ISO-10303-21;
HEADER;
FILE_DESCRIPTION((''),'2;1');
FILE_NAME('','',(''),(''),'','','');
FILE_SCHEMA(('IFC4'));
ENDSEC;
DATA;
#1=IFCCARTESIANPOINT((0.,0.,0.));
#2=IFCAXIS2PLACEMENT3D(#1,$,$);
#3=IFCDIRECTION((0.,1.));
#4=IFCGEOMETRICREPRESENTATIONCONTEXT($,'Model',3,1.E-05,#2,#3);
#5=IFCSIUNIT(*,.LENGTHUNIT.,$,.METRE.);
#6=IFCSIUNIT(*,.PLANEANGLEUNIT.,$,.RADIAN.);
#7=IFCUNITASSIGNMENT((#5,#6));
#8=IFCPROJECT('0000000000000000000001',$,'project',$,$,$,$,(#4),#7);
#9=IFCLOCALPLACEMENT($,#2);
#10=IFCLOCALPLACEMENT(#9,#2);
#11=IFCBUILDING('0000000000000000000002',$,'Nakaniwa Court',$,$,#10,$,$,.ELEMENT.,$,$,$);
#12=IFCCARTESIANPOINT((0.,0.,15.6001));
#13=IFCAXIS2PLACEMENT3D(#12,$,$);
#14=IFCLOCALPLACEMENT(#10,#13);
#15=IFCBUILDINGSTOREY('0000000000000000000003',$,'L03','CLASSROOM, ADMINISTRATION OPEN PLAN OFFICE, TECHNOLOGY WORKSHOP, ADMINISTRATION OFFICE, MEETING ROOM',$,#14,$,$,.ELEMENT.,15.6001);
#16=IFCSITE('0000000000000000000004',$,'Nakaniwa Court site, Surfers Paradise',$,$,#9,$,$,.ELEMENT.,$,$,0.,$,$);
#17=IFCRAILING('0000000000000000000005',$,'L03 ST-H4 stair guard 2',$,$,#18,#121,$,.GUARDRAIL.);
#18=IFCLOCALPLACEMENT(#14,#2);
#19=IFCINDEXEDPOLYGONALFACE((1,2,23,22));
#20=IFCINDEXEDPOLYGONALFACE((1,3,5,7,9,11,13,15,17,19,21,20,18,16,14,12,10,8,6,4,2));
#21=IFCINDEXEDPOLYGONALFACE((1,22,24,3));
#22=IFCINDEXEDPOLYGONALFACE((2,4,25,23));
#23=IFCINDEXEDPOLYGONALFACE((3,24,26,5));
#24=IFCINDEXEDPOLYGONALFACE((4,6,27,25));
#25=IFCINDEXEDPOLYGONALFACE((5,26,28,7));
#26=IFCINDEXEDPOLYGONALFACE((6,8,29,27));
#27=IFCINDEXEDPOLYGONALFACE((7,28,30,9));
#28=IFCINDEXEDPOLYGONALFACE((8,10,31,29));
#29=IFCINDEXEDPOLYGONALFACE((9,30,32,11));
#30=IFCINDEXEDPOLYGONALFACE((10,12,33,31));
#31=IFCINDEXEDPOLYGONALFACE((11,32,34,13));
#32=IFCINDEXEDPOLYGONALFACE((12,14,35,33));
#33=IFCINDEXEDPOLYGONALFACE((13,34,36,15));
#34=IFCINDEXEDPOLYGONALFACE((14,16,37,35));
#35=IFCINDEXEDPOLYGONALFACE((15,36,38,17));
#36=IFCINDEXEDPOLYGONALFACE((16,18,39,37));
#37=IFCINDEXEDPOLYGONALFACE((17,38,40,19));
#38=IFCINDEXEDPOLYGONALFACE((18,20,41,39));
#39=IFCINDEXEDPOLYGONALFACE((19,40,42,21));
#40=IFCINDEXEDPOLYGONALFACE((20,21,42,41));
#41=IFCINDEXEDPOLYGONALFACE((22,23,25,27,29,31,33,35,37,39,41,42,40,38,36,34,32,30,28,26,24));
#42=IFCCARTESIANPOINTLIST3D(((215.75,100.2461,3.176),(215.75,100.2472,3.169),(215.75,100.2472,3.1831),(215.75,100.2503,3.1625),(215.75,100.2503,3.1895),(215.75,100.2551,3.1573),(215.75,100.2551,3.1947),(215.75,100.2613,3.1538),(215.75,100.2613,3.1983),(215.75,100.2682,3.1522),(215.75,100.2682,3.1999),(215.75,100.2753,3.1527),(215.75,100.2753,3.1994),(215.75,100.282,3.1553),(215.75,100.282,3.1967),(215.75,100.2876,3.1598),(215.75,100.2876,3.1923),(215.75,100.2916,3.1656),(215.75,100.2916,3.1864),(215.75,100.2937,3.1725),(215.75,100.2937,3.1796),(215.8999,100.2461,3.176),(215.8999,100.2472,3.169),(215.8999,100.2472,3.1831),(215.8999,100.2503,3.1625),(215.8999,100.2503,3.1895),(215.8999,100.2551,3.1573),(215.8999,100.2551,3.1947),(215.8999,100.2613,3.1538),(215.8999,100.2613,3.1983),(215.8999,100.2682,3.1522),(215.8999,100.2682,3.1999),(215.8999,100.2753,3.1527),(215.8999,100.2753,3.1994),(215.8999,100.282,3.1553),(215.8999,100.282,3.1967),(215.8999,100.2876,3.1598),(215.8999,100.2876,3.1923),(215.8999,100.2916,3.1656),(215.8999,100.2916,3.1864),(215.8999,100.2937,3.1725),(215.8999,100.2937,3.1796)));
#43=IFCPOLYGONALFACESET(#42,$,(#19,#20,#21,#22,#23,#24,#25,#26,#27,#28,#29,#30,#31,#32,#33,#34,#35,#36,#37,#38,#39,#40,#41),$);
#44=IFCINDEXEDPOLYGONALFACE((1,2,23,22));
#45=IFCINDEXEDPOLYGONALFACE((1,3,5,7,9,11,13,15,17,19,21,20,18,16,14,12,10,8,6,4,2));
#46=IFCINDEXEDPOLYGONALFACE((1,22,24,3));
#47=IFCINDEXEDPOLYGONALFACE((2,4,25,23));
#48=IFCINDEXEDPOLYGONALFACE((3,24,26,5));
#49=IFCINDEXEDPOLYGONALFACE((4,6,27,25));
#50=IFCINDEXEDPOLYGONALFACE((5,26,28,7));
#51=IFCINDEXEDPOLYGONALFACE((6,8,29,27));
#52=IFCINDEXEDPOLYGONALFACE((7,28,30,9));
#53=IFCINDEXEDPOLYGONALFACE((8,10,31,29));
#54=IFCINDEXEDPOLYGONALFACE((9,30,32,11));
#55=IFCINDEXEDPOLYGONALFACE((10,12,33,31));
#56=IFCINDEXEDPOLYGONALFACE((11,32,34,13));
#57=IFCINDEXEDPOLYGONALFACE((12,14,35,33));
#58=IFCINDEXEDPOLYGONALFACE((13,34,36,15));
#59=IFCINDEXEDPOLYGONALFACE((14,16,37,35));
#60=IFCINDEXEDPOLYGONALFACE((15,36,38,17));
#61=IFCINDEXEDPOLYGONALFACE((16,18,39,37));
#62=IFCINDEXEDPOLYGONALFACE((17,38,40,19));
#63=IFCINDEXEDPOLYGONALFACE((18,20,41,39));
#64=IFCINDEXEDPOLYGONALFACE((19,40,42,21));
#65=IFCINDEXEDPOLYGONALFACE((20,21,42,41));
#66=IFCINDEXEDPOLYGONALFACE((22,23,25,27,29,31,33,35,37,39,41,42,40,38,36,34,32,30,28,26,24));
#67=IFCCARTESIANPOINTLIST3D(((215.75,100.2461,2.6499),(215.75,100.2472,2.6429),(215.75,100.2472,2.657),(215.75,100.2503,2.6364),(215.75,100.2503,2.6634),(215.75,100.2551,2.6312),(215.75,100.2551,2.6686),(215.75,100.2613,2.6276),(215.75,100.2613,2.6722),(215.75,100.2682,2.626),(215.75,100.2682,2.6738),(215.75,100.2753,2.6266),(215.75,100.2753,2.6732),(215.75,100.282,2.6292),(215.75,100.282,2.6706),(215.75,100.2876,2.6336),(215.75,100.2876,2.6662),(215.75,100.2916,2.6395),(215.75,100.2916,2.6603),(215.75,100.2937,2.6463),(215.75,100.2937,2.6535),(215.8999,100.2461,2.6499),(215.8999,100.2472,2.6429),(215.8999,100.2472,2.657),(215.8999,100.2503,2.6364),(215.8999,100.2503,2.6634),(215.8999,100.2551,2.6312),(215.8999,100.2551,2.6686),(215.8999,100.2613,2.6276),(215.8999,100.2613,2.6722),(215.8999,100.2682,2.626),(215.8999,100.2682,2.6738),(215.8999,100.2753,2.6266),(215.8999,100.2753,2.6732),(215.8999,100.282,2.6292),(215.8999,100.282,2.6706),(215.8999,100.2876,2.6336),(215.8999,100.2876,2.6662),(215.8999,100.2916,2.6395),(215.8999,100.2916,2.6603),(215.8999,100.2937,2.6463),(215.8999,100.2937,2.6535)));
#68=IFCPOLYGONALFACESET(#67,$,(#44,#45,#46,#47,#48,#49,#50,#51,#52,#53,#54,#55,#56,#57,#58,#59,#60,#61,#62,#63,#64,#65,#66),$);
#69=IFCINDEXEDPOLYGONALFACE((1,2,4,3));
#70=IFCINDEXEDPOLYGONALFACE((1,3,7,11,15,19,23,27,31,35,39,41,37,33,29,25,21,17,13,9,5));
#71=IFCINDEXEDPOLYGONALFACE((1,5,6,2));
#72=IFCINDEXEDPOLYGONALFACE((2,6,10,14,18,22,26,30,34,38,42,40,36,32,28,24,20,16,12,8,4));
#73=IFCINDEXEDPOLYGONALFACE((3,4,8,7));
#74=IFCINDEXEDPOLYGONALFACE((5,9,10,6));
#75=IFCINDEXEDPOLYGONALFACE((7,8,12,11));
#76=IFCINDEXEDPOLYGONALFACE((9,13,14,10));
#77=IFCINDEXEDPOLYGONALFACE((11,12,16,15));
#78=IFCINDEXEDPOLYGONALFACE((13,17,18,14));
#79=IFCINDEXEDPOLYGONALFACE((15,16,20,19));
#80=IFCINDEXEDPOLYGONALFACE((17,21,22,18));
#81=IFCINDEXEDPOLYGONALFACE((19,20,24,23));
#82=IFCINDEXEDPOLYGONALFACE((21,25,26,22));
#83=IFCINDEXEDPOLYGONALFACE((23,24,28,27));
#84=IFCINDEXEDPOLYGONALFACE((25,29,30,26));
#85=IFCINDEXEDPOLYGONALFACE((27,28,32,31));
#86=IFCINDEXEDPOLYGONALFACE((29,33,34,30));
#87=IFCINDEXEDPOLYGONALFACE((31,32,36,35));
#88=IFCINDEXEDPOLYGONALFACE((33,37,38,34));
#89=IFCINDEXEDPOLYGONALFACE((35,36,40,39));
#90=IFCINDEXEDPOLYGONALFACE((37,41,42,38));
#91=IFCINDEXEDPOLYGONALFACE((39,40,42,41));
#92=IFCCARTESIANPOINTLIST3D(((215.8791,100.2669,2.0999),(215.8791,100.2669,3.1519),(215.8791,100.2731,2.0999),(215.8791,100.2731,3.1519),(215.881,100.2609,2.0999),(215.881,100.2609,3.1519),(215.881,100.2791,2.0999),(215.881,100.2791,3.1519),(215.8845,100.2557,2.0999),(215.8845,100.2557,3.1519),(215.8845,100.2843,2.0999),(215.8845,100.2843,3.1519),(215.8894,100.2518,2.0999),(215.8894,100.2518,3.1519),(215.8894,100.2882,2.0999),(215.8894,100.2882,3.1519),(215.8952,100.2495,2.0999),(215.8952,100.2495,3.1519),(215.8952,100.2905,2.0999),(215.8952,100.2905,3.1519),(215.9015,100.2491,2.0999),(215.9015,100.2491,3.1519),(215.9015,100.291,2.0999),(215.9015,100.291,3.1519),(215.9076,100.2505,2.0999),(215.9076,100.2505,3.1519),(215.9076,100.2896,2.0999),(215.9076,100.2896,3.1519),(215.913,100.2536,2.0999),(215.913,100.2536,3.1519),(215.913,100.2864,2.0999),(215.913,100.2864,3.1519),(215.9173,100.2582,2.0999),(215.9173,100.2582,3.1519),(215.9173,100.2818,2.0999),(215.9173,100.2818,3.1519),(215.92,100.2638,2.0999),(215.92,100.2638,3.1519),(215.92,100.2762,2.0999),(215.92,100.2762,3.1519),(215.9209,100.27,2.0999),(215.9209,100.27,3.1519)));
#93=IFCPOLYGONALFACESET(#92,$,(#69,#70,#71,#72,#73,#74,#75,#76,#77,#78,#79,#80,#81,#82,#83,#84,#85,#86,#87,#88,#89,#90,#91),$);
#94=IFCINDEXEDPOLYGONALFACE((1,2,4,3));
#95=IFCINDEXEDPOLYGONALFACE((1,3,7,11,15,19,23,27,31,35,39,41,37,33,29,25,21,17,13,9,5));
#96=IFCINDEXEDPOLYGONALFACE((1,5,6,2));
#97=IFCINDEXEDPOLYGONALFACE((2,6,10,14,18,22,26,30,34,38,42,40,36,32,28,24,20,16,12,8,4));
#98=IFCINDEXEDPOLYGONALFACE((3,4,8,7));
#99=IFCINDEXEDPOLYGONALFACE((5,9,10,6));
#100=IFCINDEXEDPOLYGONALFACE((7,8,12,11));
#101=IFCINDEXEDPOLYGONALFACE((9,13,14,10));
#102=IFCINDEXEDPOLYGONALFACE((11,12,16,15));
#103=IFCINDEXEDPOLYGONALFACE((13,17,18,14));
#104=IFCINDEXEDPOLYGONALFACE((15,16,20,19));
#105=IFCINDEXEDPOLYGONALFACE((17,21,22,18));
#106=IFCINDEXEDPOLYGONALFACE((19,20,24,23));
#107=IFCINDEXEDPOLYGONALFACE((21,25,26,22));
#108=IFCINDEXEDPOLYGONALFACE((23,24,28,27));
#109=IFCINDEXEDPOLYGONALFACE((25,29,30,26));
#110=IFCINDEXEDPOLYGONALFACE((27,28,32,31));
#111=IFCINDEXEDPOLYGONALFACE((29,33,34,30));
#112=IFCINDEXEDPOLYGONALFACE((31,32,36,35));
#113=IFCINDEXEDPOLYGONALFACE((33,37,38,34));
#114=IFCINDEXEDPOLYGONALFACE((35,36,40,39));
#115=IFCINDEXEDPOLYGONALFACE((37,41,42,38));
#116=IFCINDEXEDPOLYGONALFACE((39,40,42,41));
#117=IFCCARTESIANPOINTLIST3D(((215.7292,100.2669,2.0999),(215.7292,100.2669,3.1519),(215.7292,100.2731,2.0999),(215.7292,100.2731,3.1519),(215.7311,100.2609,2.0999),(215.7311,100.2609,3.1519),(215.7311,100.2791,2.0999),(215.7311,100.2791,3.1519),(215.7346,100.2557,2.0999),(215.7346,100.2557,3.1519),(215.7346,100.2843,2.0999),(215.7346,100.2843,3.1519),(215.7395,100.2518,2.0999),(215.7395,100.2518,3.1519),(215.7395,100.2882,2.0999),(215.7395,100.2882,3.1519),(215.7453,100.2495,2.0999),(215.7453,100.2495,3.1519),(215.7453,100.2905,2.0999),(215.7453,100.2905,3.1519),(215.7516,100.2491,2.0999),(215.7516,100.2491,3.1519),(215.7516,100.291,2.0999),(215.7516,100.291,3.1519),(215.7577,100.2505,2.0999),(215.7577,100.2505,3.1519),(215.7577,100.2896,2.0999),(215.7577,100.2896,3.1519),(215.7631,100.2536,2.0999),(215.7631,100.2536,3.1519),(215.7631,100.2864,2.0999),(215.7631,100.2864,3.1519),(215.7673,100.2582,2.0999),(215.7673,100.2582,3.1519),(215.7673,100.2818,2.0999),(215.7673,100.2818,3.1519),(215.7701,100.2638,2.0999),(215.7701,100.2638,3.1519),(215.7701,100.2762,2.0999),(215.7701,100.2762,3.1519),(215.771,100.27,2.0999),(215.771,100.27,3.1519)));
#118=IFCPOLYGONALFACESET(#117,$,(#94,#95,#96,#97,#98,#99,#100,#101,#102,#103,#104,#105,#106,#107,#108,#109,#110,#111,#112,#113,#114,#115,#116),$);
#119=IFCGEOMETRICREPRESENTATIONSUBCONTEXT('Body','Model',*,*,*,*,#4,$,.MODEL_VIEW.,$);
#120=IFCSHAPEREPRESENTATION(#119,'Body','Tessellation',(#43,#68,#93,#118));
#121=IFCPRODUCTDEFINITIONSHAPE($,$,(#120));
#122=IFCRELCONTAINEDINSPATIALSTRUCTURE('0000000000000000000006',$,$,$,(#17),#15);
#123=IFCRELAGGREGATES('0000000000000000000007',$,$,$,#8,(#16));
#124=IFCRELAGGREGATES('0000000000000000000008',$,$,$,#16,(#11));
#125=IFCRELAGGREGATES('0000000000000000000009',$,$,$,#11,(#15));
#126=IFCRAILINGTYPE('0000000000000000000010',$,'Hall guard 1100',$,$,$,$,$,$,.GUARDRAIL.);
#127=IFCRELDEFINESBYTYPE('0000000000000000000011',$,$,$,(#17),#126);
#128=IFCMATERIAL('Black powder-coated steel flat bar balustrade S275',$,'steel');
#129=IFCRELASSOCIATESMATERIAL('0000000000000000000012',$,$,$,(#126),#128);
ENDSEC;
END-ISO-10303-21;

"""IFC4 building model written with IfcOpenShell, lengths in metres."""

from ifc_helpers import new_model, si_unit, direction, frame, origin, origin_2d, place, context, subcontext, project, spatial, circle, extrude, material, type_object, element, save


model = new_model("IFC4")

# Units and contexts
model_context = context("Model", 3, precision=1e-05, world=origin(), true_north=direction((0.0, 1.0)))
body_context = subcontext(model_context, "Body", "Model", "MODEL_VIEW")
ifc_project = project(units=[si_unit("LENGTHUNIT", "METRE"), si_unit("PLANEANGLEUNIT", "RADIAN")], contexts=[model_context])

# Site, building, storey
site_placement = place(None, origin())
site = spatial("IfcSite", under=ifc_project, at=site_placement, Name="Nakaniwa Court site, Surfers Paradise", CompositionType="ELEMENT", RefElevation=0.0)
building_placement = place(site_placement, origin())
building = spatial("IfcBuilding", under=site, at=building_placement, Name="Nakaniwa Court", CompositionType="ELEMENT")
storey_placement = place(building_placement, frame((0.0, 0.0, 15.6001)))
storey = spatial("IfcBuildingStorey", under=building, at=storey_placement, Name="L03", Description="CLASSROOM, ADMINISTRATION OPEN PLAN OFFICE, TECHNOLOGY WORKSHOP, ADMINISTRATION OFFICE, MEETING ROOM", CompositionType="ELEMENT", Elevation=15.6001)

# Railing
ifc_material_1 = material(Name="Black powder-coated steel flat bar balustrade S275", Category="steel")
railing_type_1 = type_object("IfcRailingType", Name="Hall guard 1100", PredefinedType="GUARDRAIL", material=ifc_material_1)
railing_1_placement = place(storey_placement, frame((215.8999, 100.27, 2.0999)))
element("IfcRailing", 1, at=railing_1_placement, inside=storey, type_object=railing_type_1, Name="L03 ST-H4 stair guard 2", PredefinedType="GUARDRAIL", context=body_context, shape_type="SweptSolid", body=[
    extrude(circle(Radius=0.0239, at=origin_2d()), frame((0.0, 0.0, 1.0762), z_axis=(-1.0, 0.0, 0.0), x_axis=(0.0, -1.0, 0.0)), (0.0, 0.0, 1.0), 0.1499),
    extrude(circle(Radius=0.0239, at=origin_2d()), frame((0.0, 0.0, 0.55), z_axis=(-1.0, 0.0, 0.0), x_axis=(0.0, -1.0, 0.0)), (0.0, 0.0, 1.0), 0.1499),
    extrude(circle(Radius=0.021, at=origin_2d()), origin(), (0.0, 0.0, 1.0), 1.052),
    extrude(circle(Radius=0.021, at=origin_2d()), frame((-0.1499, 0.0, 0.0)), (0.0, 0.0, 1.0), 1.052),
])

save(model, "model.ifc")
